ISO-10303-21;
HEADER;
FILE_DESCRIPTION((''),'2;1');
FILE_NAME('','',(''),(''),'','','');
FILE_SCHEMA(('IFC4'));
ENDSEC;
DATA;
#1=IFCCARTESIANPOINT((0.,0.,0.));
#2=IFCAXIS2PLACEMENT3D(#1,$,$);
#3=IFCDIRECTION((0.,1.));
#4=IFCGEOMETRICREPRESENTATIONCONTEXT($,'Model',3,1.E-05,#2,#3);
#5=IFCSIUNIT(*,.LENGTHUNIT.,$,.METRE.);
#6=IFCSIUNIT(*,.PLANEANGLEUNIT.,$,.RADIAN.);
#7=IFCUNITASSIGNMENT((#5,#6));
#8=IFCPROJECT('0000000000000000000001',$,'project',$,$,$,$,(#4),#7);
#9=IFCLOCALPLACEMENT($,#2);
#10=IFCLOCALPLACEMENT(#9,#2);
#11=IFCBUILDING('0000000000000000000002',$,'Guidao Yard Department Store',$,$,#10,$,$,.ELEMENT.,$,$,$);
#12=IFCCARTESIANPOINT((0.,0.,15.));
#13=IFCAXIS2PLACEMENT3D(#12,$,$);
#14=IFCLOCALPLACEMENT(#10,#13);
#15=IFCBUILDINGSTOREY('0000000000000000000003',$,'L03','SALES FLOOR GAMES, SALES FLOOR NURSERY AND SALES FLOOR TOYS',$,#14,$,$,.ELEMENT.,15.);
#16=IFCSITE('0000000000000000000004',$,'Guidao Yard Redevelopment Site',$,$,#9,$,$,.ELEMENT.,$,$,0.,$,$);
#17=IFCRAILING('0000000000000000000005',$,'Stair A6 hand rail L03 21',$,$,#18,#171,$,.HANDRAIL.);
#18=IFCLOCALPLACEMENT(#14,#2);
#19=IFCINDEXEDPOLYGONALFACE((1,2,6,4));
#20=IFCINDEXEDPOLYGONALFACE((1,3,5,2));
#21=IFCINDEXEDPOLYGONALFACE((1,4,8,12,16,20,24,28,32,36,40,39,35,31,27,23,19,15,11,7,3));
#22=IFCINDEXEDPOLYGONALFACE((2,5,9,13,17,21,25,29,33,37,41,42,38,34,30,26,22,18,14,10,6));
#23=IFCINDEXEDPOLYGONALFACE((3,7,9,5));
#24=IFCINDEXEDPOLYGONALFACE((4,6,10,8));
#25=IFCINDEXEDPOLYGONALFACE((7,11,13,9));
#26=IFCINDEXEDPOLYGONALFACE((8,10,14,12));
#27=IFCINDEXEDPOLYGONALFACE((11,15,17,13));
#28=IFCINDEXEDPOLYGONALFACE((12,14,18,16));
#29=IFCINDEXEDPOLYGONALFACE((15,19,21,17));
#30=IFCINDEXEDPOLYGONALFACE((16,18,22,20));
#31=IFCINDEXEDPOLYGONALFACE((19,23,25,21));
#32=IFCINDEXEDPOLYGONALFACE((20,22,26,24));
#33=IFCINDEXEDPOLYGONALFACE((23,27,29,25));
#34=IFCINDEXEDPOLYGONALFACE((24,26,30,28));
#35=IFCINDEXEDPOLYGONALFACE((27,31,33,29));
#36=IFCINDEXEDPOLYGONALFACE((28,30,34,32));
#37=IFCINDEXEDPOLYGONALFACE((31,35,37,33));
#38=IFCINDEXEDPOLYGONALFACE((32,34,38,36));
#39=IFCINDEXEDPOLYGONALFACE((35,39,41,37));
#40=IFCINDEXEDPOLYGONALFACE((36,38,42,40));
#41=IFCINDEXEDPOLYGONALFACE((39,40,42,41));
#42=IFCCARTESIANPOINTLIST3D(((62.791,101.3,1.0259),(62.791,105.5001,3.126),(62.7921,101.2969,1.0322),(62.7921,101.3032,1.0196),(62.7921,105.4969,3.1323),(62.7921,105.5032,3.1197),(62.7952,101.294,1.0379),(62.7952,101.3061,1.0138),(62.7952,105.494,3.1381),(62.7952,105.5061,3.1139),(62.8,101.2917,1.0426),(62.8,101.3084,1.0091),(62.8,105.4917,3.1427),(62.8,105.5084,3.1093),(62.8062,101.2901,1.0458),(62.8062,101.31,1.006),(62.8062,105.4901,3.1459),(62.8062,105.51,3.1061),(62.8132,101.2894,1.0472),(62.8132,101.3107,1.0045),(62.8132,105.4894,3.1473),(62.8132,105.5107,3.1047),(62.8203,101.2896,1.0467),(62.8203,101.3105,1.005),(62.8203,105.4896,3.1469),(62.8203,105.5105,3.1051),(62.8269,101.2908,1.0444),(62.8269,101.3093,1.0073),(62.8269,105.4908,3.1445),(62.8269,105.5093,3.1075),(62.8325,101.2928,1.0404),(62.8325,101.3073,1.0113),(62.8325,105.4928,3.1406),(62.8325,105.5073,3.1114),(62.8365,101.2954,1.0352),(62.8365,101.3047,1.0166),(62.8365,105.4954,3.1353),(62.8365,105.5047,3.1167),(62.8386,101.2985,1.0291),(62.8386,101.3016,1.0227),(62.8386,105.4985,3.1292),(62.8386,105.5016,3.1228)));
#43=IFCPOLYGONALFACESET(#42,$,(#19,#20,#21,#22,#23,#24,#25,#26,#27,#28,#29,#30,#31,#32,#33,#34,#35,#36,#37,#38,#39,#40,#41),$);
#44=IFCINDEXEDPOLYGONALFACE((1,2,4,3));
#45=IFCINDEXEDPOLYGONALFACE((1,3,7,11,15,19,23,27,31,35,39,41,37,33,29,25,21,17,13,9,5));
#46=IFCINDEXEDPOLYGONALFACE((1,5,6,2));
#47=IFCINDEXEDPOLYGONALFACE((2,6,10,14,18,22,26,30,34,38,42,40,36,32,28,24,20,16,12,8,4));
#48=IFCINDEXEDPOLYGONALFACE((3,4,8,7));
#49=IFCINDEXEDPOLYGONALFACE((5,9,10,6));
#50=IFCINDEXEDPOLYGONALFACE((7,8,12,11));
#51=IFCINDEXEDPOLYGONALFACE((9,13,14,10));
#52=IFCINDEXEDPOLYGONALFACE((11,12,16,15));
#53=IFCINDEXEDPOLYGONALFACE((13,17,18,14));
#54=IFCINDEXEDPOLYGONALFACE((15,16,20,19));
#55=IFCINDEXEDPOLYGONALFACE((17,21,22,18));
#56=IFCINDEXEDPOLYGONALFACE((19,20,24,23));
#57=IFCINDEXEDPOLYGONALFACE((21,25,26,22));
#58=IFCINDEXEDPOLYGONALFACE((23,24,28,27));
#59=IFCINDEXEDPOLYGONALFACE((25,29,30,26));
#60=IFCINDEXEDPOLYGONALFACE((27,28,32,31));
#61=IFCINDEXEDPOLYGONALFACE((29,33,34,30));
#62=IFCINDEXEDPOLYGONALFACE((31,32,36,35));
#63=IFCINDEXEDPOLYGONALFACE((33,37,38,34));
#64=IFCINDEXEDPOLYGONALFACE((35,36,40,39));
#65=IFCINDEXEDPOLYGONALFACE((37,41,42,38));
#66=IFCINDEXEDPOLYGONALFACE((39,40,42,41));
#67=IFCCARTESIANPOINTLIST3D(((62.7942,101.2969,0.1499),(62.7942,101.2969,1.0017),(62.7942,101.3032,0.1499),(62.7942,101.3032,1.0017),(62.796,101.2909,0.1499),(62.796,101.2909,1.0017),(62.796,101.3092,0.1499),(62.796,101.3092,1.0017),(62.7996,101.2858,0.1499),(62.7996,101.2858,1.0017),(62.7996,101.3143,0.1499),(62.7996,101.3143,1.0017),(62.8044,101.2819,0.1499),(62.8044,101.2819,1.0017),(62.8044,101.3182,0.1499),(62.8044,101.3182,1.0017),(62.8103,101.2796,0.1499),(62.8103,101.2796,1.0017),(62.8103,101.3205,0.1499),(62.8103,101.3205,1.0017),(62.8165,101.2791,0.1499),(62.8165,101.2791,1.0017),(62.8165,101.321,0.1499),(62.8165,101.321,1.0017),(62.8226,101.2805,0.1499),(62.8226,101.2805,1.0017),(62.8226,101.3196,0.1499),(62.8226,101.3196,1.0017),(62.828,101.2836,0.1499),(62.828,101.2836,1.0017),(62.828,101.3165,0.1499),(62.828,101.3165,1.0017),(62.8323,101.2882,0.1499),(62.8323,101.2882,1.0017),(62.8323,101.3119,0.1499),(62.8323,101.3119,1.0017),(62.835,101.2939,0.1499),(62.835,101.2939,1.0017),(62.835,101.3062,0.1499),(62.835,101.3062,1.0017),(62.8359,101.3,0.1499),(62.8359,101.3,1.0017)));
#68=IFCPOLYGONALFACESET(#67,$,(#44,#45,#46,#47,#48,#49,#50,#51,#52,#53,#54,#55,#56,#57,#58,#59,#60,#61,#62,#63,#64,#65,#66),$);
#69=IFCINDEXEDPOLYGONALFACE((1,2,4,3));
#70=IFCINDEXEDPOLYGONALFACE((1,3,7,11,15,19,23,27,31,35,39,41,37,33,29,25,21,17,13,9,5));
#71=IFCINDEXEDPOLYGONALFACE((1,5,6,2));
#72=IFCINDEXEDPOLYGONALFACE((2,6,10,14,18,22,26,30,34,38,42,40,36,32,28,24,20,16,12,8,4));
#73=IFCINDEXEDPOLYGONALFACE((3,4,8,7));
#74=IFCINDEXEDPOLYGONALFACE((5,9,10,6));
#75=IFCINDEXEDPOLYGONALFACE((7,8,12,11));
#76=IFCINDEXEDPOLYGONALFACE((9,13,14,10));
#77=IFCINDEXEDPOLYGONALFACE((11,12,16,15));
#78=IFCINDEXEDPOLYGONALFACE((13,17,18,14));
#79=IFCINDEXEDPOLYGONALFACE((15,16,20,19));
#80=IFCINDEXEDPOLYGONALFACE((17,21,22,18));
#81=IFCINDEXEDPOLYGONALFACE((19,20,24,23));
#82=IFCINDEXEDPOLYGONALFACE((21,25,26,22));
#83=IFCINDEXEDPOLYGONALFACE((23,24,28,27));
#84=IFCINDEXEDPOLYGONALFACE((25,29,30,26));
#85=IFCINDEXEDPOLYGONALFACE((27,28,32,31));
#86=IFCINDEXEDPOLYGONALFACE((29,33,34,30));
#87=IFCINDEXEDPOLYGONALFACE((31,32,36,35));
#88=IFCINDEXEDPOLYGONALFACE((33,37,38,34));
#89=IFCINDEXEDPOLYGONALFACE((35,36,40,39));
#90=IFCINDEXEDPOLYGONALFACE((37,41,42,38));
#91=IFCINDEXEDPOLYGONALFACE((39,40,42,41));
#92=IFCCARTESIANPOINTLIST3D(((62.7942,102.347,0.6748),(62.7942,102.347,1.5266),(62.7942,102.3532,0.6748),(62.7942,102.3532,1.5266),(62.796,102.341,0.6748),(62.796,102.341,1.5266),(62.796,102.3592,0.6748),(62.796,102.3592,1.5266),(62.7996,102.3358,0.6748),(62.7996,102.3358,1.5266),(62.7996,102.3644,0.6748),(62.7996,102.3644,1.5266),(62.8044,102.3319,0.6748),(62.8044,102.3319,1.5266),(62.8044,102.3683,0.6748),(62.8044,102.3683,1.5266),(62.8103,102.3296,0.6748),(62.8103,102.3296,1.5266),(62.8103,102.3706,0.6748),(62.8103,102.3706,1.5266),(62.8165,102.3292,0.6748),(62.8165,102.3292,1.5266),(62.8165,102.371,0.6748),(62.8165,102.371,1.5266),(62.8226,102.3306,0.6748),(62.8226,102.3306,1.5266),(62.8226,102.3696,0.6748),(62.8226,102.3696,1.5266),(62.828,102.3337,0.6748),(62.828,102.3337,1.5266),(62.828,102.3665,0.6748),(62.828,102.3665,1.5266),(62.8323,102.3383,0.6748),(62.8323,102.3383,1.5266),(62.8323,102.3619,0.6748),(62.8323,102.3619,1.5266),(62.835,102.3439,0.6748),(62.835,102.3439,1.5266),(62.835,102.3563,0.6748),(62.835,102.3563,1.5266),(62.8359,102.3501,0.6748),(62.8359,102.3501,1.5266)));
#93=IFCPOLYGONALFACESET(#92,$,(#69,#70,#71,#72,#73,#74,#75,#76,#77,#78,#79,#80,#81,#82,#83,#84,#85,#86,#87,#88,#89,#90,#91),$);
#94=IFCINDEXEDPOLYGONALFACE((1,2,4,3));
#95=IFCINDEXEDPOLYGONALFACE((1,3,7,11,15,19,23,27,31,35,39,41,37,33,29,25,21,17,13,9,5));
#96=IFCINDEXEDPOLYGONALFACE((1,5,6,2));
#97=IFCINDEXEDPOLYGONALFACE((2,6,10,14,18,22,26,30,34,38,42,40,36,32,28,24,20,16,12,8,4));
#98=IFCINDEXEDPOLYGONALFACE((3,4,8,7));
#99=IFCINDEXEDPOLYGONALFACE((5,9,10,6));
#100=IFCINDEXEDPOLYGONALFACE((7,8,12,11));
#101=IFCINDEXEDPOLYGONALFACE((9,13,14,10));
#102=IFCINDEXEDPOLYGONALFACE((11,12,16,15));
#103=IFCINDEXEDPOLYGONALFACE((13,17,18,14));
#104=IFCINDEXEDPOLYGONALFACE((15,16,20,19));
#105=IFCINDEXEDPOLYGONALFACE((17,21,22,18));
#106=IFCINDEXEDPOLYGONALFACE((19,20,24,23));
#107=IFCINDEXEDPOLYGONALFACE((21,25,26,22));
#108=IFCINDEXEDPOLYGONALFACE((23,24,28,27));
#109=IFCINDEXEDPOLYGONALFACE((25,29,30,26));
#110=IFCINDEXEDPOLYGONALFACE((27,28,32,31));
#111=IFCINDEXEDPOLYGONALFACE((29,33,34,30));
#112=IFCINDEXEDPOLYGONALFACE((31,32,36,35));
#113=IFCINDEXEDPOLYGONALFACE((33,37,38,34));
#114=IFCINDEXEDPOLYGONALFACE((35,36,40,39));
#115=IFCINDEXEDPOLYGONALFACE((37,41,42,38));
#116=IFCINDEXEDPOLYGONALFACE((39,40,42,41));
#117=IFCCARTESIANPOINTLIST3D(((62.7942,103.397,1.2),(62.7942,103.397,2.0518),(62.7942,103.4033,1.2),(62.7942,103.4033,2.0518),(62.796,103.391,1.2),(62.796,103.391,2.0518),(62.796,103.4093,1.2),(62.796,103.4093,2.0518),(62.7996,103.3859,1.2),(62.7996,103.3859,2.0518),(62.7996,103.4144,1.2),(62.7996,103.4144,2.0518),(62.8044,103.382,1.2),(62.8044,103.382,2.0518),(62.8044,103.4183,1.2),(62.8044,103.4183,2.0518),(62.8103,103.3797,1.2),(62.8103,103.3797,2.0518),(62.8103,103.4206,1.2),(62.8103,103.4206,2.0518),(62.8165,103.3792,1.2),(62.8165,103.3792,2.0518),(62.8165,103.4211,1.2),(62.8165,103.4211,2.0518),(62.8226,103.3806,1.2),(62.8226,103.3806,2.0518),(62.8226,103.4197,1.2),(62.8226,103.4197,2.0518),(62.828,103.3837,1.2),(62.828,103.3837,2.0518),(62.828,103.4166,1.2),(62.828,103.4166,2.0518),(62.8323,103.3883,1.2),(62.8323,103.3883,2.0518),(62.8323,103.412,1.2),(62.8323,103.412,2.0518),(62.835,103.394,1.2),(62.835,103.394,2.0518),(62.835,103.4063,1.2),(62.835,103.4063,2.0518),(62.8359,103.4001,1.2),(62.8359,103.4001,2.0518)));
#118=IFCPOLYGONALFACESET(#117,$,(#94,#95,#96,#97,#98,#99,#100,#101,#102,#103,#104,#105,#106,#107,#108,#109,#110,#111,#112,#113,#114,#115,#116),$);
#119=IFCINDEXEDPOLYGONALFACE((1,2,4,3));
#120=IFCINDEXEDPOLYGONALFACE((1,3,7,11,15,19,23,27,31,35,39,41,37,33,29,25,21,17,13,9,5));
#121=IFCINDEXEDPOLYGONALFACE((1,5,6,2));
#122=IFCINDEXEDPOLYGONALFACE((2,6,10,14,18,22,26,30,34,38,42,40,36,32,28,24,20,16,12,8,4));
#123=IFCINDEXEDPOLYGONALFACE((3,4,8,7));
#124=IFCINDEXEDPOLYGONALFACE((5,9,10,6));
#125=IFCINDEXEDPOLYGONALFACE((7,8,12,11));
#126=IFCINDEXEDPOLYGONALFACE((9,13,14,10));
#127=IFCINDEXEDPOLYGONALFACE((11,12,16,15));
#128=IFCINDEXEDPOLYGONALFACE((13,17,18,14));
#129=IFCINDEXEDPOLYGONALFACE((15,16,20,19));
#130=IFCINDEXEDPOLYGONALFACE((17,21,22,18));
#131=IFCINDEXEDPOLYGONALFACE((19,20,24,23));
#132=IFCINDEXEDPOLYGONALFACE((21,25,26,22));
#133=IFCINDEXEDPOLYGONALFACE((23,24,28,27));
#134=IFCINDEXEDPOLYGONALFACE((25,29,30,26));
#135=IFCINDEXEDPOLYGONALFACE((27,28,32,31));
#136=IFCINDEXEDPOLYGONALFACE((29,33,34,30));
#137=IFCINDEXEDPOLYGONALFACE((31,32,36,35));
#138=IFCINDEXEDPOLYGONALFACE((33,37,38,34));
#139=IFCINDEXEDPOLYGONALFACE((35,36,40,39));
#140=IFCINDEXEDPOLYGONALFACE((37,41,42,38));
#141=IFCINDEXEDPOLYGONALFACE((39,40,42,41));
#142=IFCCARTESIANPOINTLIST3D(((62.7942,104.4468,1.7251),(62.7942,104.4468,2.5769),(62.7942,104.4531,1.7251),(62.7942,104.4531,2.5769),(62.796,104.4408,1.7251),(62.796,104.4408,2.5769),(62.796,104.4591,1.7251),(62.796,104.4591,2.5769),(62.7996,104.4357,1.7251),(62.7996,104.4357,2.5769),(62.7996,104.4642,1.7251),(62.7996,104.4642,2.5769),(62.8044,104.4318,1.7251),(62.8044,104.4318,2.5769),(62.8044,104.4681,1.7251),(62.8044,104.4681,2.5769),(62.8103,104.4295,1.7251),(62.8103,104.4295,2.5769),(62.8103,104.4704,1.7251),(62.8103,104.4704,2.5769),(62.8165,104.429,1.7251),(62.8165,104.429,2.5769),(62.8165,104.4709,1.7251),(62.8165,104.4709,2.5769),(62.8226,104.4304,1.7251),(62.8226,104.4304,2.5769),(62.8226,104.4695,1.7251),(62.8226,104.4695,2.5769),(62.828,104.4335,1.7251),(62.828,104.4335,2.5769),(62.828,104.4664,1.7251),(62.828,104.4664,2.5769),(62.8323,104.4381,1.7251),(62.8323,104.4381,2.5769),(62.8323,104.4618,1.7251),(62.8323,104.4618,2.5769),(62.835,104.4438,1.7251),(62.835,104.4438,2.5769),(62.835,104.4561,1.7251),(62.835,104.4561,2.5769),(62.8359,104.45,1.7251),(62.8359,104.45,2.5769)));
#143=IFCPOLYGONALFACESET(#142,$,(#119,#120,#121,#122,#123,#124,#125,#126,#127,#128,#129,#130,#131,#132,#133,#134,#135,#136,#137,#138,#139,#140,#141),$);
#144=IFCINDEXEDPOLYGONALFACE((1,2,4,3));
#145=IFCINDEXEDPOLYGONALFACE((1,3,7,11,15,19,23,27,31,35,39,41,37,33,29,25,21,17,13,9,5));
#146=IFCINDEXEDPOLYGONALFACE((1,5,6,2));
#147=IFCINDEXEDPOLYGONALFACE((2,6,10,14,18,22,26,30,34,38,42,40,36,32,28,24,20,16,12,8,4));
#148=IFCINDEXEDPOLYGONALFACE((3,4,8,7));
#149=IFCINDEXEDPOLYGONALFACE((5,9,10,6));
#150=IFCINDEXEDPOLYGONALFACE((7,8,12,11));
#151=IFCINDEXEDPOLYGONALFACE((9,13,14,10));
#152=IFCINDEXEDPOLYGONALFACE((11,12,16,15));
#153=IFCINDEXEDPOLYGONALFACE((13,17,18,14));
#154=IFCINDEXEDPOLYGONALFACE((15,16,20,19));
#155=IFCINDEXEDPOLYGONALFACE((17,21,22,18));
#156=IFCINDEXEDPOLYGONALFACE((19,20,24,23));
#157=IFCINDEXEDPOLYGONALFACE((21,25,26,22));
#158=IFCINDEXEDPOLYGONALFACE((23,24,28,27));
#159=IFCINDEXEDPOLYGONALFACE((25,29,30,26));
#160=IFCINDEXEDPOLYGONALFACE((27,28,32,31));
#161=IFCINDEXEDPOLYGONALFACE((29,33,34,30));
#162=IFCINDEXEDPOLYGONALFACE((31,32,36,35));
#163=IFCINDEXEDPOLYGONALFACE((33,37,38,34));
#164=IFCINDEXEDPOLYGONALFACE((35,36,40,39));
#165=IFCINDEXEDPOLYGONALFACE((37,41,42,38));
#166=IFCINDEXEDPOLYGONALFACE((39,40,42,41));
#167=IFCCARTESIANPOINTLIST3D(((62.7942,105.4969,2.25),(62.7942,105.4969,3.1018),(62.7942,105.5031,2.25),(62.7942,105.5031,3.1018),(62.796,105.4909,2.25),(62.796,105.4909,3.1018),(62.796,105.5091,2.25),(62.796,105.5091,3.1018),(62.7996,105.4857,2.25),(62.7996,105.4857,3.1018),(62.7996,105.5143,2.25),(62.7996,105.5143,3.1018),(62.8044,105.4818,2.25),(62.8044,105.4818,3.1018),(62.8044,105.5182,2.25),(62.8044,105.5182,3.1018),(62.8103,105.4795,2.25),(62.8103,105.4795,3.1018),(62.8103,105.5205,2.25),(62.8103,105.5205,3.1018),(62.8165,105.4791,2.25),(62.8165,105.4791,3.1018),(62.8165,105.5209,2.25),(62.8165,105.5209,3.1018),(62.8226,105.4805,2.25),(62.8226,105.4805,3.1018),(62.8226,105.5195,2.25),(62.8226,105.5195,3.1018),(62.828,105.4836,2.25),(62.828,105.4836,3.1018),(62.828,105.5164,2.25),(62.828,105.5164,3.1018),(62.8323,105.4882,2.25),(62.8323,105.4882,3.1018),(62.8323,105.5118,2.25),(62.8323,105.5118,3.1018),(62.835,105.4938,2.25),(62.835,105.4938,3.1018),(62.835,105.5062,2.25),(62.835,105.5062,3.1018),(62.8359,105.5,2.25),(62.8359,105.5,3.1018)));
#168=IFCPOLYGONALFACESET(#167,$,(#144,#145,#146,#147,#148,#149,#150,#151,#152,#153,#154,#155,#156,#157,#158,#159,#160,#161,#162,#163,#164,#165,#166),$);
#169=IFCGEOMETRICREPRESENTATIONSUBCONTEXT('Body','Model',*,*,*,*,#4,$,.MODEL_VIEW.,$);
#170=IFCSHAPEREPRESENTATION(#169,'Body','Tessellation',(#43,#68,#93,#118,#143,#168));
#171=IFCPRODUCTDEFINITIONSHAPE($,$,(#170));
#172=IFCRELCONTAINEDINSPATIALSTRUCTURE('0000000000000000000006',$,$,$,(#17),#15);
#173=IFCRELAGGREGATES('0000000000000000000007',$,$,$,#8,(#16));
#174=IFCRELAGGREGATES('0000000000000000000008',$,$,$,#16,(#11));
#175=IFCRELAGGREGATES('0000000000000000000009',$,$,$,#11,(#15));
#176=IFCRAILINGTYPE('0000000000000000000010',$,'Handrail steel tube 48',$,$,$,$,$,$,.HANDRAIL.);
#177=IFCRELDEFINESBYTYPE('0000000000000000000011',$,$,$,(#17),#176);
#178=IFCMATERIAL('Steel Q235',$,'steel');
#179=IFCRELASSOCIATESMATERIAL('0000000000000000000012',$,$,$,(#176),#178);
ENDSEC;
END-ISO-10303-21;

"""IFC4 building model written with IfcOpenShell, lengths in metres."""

from ifc_helpers import new_model, si_unit, direction, frame, origin, origin_2d, place, context, subcontext, project, spatial, circle, extrude, material, type_object, element, save


model = new_model("IFC4")

# Units and contexts
model_context = context("Model", 3, precision=1e-05, world=origin(), true_north=direction((0.0, 1.0)))
body_context = subcontext(model_context, "Body", "Model", "MODEL_VIEW")
ifc_project = project(units=[si_unit("LENGTHUNIT", "METRE"), si_unit("PLANEANGLEUNIT", "RADIAN")], contexts=[model_context])

# Site, building, storey
site_placement = place(None, origin())
site = spatial("IfcSite", under=ifc_project, at=site_placement, Name="Guidao Yard Redevelopment Site", CompositionType="ELEMENT", RefElevation=0.0)
building_placement = place(site_placement, origin())
building = spatial("IfcBuilding", under=site, at=building_placement, Name="Guidao Yard Department Store", CompositionType="ELEMENT")
storey_placement = place(building_placement, frame((0.0, 0.0, 15.0)))
storey = spatial("IfcBuildingStorey", under=building, at=storey_placement, Name="L03", Description="SALES FLOOR GAMES, SALES FLOOR NURSERY AND SALES FLOOR TOYS", CompositionType="ELEMENT", Elevation=15.0)

# Railing
ifc_material_1 = material(Name="Steel Q235", Category="steel")
railing_type_1 = type_object("IfcRailingType", Name="Handrail steel tube 48", PredefinedType="HANDRAIL", material=ifc_material_1)
for number, where, name in (
    (1, (62.8149, 101.3, 0.1499), "Stair A6 hand rail L03 21"),
):
    element("IfcRailing", number, at=place(storey_placement, frame(where)), inside=storey, type_object=railing_type_1, Name=name, PredefinedType="HANDRAIL", context=body_context, shape_type="SweptSolid", body=[
        extrude(circle(Radius=0.0239, at=origin_2d()), frame((0.0, 0.0, 0.876), z_axis=(0.0, 0.894417, 0.447234), x_axis=(-1.0, 0.0, 0.0)), (0.0, 0.0, 1.0), 4.6958),
        extrude(circle(Radius=0.021, at=origin_2d()), origin(), (0.0, 0.0, 1.0), 0.8518),
        extrude(circle(Radius=0.021, at=origin_2d()), frame((0.0, 1.05, 0.5249)), (0.0, 0.0, 1.0), 0.8518),
        extrude(circle(Radius=0.021, at=origin_2d()), frame((0.0, 2.1001, 1.05)), (0.0, 0.0, 1.0), 0.8518),
        extrude(circle(Radius=0.021, at=origin_2d()), frame((0.0, 3.1499, 1.5752)), (0.0, 0.0, 1.0), 0.8518),
        extrude(circle(Radius=0.021, at=origin_2d()), frame((0.0, 4.2, 2.1001)), (0.0, 0.0, 1.0), 0.8518),
    ])

save(model, "model.ifc")
